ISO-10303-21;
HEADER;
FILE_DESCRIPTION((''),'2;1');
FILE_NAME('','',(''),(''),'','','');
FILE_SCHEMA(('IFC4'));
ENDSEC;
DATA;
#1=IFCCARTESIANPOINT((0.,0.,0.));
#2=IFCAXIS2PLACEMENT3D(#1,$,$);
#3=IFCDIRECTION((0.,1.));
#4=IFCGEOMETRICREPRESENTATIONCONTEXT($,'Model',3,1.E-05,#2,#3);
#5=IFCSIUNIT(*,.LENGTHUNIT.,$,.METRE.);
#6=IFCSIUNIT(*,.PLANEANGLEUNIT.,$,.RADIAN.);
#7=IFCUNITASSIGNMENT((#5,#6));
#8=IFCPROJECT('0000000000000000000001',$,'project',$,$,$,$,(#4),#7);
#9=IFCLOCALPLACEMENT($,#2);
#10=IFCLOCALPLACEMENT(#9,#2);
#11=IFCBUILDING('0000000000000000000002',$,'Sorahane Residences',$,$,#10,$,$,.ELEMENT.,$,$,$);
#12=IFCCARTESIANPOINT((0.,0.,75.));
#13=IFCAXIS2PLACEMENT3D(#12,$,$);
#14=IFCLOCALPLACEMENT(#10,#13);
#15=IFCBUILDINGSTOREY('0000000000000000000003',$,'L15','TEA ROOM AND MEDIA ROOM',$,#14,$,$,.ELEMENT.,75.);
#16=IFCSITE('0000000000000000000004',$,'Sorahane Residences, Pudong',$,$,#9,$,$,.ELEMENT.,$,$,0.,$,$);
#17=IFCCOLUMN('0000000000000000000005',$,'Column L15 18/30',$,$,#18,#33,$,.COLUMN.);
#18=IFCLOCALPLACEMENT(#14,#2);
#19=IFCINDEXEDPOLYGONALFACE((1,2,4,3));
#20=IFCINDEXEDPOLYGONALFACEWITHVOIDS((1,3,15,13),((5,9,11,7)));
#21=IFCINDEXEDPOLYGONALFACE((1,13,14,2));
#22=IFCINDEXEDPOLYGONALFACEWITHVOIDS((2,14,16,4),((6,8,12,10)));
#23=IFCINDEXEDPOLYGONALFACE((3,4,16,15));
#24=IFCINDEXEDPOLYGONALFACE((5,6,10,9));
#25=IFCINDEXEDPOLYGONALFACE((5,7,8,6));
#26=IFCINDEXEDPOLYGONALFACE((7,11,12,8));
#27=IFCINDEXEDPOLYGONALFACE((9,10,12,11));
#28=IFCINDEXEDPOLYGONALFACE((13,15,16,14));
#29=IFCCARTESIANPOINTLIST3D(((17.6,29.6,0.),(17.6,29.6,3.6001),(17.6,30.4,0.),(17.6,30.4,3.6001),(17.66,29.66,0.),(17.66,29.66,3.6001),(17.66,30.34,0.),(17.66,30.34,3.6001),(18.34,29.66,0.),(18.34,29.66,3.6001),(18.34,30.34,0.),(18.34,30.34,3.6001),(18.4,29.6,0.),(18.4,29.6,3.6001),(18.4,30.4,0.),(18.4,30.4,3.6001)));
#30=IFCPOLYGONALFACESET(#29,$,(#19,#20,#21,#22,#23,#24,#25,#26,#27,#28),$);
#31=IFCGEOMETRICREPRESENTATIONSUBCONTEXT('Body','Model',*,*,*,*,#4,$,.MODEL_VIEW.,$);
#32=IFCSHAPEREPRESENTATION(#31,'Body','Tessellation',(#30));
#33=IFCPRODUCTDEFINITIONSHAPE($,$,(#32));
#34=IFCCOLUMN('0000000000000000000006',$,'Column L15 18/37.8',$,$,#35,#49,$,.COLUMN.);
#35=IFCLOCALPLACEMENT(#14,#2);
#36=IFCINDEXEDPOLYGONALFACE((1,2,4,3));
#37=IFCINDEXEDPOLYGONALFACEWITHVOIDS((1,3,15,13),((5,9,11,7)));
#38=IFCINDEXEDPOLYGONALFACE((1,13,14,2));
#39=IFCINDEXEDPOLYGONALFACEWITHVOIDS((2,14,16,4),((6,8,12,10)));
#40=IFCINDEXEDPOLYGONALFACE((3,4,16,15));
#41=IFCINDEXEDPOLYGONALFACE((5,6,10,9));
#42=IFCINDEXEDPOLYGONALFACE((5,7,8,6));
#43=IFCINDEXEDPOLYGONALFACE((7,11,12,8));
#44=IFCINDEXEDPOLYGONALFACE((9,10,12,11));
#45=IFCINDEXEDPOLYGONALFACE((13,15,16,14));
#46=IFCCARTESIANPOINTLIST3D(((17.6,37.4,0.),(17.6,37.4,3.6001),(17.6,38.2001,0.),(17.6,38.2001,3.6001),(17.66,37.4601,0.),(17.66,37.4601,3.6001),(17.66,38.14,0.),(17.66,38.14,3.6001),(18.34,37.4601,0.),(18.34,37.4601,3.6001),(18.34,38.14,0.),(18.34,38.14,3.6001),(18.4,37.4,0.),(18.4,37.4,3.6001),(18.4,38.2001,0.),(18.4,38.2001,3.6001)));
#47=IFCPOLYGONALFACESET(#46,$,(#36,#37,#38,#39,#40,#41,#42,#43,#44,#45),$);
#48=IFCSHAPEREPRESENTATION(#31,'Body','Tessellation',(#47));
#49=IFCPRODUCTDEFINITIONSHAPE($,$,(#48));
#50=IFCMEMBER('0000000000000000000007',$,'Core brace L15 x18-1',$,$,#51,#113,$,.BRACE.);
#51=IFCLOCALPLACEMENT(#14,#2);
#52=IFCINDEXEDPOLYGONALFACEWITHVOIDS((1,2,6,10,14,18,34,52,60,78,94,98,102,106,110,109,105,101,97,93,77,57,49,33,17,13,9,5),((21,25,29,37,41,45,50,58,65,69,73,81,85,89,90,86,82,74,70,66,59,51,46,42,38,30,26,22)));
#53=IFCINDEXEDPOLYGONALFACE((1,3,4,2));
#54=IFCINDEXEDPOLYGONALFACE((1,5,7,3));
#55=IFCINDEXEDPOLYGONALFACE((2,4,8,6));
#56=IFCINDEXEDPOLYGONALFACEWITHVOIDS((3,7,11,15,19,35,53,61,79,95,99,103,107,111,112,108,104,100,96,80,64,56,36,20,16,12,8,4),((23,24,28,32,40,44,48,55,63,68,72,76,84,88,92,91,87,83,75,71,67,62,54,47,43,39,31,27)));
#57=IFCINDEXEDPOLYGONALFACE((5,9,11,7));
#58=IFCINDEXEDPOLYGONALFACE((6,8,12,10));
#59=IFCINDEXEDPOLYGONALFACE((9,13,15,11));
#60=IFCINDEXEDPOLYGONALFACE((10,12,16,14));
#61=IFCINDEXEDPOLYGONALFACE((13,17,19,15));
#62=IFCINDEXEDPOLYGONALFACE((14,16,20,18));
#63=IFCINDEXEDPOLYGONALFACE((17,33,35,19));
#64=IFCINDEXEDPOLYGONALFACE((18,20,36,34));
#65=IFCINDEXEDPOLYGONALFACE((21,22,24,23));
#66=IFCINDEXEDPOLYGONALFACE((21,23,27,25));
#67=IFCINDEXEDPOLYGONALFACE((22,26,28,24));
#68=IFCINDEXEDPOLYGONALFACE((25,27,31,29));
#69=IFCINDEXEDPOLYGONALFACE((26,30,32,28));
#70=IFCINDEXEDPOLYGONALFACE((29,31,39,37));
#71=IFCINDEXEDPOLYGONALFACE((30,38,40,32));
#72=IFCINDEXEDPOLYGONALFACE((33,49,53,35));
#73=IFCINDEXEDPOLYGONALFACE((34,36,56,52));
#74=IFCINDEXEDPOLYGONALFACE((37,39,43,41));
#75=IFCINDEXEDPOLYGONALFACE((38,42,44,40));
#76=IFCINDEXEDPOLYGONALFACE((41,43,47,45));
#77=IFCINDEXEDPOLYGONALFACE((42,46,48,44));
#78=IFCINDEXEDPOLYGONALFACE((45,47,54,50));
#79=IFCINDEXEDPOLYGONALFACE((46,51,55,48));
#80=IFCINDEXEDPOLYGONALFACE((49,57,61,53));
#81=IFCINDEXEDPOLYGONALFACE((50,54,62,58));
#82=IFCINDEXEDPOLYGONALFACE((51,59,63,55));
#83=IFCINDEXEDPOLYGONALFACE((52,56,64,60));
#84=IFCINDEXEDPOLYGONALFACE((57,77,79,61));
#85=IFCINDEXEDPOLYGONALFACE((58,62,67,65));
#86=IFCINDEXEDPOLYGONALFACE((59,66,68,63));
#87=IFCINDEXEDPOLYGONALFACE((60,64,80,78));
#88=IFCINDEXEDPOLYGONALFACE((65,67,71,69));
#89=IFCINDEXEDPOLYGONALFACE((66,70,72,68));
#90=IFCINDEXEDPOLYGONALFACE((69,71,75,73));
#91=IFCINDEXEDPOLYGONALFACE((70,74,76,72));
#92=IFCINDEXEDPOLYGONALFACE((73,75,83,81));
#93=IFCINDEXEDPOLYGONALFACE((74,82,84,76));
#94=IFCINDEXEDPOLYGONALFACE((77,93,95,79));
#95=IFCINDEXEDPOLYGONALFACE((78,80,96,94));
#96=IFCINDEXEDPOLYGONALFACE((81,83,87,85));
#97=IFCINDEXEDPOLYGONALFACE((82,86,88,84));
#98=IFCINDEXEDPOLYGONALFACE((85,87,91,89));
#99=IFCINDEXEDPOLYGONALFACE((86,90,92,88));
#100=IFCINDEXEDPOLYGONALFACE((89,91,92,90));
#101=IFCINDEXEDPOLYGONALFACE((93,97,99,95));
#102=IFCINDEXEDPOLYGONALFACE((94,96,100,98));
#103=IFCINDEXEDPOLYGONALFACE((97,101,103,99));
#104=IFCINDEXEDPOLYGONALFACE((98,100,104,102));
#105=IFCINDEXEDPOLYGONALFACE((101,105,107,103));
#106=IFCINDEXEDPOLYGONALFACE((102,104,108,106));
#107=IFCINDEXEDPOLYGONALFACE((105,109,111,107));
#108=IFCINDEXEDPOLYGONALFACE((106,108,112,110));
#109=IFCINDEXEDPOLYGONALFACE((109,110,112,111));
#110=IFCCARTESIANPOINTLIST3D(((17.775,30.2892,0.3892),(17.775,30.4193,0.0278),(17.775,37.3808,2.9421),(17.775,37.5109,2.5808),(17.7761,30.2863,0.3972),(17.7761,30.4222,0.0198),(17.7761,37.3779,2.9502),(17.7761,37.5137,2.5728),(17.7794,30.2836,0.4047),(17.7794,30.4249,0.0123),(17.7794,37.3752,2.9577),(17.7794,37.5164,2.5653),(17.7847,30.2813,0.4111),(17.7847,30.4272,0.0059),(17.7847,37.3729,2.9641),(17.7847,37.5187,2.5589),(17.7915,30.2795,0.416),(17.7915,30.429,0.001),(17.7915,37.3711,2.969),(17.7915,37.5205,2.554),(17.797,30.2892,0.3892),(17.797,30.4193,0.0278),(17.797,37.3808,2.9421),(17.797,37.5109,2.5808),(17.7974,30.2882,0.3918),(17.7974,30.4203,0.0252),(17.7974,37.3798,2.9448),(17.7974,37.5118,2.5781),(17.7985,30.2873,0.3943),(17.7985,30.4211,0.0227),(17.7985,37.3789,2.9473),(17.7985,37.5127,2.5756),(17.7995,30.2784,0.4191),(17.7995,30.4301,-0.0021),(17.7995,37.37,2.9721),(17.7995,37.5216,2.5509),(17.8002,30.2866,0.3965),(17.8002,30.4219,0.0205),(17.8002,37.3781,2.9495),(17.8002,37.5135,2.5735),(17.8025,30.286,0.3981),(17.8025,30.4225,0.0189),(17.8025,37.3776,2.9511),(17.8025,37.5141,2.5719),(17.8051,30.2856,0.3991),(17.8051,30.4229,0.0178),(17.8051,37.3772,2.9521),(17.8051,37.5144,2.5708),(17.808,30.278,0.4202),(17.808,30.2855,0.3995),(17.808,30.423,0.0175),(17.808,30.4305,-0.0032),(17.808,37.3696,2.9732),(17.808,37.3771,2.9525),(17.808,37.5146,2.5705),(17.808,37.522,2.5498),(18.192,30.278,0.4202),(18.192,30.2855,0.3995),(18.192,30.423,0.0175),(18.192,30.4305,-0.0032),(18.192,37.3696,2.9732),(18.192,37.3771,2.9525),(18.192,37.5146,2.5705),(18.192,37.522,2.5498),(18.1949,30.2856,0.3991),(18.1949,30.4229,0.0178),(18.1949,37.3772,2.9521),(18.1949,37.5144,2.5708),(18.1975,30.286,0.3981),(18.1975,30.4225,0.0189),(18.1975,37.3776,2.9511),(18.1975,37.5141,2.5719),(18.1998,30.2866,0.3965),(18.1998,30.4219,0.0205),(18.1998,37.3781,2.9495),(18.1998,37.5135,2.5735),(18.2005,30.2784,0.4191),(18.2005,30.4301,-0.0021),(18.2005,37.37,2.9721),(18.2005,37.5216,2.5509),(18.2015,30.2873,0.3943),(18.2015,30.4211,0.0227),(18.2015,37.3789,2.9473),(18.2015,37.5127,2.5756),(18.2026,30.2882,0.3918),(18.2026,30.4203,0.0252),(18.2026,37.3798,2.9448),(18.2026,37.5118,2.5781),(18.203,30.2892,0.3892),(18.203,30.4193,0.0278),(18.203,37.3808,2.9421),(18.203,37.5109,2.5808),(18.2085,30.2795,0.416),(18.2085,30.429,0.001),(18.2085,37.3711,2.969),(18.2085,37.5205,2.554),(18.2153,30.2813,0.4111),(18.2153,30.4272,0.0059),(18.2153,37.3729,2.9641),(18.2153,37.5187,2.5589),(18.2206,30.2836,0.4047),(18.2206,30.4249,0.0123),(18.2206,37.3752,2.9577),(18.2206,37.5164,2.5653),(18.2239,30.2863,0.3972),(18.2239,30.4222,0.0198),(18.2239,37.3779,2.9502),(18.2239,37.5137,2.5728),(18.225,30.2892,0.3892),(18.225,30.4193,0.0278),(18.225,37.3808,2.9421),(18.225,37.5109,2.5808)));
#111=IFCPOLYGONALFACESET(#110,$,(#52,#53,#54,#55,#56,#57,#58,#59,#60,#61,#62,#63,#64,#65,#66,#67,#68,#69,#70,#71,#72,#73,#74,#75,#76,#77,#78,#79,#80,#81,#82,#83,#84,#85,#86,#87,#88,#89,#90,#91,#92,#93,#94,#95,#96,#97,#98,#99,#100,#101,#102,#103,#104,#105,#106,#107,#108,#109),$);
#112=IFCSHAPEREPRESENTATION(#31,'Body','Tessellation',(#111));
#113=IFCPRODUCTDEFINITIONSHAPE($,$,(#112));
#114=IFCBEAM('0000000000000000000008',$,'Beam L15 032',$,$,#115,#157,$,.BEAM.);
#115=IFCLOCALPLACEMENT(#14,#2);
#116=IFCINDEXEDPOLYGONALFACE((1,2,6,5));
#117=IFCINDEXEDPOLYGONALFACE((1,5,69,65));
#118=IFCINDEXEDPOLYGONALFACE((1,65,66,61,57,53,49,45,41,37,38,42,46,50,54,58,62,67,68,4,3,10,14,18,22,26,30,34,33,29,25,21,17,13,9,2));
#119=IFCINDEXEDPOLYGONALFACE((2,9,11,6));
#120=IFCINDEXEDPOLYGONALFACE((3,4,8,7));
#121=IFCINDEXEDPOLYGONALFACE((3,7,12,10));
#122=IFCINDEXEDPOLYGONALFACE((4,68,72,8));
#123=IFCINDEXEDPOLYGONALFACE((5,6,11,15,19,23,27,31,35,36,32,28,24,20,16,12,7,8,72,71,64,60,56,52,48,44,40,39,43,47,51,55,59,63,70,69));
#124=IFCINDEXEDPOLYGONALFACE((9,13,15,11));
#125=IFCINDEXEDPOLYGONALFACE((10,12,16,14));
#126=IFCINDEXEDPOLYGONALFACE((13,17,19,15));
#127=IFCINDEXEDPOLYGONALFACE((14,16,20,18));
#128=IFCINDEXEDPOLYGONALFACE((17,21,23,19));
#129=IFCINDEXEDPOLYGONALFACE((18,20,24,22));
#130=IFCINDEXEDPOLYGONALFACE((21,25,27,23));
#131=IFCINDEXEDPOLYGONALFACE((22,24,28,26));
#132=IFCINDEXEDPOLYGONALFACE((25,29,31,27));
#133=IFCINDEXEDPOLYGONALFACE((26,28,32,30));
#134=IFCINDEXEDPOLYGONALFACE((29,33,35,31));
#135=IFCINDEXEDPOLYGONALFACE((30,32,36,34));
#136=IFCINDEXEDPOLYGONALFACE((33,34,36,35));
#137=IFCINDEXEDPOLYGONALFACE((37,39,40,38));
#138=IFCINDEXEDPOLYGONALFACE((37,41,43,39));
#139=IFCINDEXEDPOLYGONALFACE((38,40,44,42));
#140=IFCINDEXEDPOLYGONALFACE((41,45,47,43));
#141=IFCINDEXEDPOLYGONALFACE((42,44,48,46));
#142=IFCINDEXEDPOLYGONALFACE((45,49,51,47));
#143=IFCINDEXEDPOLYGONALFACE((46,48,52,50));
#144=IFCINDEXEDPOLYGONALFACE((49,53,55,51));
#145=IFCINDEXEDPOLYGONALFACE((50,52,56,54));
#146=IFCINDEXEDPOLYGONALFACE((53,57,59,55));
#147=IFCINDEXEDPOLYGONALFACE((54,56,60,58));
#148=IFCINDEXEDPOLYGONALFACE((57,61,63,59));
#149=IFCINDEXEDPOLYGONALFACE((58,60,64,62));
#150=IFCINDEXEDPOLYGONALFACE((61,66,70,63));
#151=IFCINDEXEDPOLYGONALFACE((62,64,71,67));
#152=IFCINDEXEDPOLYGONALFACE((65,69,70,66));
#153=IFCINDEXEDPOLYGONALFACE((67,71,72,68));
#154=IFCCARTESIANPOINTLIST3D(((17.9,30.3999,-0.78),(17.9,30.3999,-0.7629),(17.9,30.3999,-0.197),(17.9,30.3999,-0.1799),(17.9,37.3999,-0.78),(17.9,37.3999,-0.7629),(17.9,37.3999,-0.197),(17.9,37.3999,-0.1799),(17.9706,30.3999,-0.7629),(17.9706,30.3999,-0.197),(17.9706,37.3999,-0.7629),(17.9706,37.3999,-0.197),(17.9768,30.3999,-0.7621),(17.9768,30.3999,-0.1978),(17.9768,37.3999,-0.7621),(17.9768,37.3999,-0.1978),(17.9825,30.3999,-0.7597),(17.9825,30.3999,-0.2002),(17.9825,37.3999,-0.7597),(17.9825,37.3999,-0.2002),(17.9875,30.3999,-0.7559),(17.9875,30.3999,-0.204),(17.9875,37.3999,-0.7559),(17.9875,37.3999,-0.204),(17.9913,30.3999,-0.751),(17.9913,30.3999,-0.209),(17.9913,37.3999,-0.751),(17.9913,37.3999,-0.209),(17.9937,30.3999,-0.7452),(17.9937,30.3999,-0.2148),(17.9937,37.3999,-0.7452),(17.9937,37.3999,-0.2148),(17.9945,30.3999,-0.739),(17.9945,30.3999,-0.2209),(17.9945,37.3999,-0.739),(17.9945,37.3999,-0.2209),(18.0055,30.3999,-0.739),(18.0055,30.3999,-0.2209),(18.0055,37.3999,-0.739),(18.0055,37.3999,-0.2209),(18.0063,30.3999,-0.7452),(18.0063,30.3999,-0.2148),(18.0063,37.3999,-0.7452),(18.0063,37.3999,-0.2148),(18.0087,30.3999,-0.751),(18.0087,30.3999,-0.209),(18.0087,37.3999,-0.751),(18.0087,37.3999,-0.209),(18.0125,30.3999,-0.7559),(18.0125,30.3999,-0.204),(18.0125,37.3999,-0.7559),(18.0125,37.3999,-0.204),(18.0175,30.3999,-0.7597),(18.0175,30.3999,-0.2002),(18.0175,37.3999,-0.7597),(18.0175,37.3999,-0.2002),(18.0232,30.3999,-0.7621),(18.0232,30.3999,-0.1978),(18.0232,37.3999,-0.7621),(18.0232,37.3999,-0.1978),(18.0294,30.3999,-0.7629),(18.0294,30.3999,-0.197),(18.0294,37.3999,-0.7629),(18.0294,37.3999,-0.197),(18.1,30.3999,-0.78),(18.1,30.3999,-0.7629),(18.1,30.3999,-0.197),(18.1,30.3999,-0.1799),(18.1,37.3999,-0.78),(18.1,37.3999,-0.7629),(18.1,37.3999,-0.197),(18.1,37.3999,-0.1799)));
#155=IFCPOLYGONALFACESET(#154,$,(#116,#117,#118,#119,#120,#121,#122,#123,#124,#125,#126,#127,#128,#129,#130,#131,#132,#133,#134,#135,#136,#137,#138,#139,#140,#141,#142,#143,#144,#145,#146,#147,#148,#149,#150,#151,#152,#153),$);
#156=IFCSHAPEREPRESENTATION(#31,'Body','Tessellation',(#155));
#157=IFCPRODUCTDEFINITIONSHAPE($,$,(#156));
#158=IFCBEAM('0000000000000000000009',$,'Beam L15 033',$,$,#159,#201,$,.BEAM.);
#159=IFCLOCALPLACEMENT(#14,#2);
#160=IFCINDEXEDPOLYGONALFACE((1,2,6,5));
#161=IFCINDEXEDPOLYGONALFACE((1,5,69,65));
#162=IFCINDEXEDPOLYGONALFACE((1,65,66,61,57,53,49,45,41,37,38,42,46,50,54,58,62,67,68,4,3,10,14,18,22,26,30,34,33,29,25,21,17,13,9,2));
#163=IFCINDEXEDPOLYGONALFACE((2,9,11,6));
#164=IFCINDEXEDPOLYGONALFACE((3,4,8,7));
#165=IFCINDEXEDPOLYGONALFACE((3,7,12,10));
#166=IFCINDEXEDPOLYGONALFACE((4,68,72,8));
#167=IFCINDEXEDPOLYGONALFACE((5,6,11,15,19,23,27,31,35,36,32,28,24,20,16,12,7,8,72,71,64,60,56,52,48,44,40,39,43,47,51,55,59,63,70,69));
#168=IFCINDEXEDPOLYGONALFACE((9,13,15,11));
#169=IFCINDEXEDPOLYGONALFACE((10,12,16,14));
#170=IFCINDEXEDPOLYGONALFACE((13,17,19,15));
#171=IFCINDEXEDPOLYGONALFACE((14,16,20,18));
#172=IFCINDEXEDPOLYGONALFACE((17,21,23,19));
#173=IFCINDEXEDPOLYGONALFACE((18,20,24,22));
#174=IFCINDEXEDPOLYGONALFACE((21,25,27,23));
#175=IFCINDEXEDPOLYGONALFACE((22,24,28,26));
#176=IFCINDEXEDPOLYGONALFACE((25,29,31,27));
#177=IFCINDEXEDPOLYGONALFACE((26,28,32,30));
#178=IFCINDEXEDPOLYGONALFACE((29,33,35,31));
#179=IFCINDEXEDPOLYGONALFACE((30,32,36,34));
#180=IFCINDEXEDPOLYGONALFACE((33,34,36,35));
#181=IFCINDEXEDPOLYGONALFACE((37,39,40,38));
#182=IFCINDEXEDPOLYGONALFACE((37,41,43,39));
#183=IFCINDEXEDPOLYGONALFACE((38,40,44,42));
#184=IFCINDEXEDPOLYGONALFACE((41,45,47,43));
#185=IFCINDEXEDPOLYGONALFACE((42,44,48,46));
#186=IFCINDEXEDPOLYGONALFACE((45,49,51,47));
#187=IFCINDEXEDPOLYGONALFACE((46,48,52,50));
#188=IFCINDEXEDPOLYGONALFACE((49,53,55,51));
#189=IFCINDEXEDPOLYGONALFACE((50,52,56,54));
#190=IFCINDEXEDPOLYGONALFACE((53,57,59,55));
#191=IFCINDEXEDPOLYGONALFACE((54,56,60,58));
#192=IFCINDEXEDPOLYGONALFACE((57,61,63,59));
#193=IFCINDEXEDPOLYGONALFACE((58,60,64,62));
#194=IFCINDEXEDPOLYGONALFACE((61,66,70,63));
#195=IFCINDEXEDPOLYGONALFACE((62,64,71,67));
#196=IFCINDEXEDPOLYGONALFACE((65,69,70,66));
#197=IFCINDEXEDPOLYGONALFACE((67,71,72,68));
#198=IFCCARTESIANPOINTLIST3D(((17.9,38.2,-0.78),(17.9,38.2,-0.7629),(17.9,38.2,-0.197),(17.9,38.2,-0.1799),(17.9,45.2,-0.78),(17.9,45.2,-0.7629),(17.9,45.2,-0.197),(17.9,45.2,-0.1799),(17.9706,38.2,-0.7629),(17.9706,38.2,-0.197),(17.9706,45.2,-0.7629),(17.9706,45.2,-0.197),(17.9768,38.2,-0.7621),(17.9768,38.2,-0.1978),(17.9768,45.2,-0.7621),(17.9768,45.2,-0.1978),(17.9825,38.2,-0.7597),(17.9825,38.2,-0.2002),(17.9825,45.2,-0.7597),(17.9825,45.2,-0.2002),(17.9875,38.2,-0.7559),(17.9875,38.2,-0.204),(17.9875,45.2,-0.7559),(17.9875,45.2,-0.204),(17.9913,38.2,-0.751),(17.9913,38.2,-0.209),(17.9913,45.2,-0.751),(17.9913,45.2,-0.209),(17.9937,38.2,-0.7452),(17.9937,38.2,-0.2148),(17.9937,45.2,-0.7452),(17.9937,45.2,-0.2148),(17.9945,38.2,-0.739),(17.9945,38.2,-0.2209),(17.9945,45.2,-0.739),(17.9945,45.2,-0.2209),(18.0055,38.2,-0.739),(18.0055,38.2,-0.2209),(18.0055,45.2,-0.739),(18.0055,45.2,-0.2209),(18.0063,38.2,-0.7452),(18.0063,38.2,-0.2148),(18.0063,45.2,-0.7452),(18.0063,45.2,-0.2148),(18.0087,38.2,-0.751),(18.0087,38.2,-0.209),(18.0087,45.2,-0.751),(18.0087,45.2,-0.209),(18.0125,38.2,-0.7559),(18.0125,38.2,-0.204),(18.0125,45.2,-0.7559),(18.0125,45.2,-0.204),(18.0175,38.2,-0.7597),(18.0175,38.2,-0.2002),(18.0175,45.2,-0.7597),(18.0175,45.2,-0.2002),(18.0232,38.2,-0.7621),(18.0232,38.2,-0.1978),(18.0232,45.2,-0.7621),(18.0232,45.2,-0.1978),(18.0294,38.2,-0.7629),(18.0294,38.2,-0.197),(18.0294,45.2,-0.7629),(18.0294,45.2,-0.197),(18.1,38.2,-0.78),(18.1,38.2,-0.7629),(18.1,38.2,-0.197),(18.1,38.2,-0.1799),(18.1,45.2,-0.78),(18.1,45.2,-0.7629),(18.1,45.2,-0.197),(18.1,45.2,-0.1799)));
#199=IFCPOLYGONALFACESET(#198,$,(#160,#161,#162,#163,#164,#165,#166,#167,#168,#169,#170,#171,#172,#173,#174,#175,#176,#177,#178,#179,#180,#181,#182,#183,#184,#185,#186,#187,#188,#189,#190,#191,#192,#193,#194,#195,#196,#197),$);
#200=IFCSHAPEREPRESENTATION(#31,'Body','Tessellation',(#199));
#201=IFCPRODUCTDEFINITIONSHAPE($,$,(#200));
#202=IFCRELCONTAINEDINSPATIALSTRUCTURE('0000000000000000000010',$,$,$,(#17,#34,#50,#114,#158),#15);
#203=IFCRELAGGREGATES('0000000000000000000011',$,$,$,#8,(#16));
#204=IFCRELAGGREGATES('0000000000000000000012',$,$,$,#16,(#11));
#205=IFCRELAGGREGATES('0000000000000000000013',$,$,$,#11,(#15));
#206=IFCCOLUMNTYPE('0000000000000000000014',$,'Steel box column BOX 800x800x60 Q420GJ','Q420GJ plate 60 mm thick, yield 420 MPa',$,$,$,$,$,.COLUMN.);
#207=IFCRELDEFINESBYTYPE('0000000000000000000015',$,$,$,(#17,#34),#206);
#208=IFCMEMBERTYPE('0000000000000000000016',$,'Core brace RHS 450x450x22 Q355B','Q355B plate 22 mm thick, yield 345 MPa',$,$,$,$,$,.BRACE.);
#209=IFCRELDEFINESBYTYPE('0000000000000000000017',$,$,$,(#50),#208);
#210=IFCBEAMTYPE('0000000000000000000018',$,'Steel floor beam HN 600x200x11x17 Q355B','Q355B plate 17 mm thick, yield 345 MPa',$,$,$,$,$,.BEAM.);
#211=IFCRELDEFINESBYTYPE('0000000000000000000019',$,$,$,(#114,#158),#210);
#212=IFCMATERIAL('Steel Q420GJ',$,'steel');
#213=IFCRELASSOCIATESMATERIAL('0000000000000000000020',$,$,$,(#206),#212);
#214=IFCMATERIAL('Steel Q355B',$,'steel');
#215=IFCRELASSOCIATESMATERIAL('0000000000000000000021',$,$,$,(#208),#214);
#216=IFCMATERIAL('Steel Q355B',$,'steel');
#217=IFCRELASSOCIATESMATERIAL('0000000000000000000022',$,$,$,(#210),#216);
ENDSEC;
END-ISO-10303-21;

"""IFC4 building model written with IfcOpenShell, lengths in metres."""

from ifc_helpers import new_model, si_unit, direction, frame, origin, origin_2d, place, context, subcontext, project, spatial, hollow_rectangle, i_section, extrude, material, material_profile, profile_set, type_object, element, save


model = new_model("IFC4")

# Units and contexts
model_context = context("Model", 3, precision=1e-05, world=origin(), true_north=direction((0.0, 1.0)))
body_context = subcontext(model_context, "Body", "Model", "MODEL_VIEW")
ifc_project = project(units=[si_unit("LENGTHUNIT", "METRE"), si_unit("PLANEANGLEUNIT", "RADIAN")], contexts=[model_context])

# Site, building, storey
site_placement = place(None, origin())
site = spatial("IfcSite", under=ifc_project, at=site_placement, Name="Sorahane Residences, Pudong", CompositionType="ELEMENT", RefElevation=0.0)
building_placement = place(site_placement, origin())
building = spatial("IfcBuilding", under=site, at=building_placement, Name="Sorahane Residences", CompositionType="ELEMENT")
storey_placement = place(building_placement, frame((0.0, 0.0, 75.0)))
storey = spatial("IfcBuildingStorey", under=building, at=storey_placement, Name="L15", Description="TEA ROOM AND MEDIA ROOM", CompositionType="ELEMENT", Elevation=75.0)

# Columns
ifc_material_1 = material(Name="Steel Q420GJ", Category="steel")
ifc_material_profile_1 = material_profile(ifc_material_1, hollow_rectangle(XDim=0.8, YDim=0.8, WallThickness=0.0601, at=origin_2d()), Name="BOX 800x800x60")
ifc_profile_set_1 = profile_set([ifc_material_profile_1], Name="Steel Q420GJ")
column_type = type_object("IfcColumnType", Name="Steel box column BOX 800x800x60 Q420GJ", Description="Q420GJ plate 60 mm thick, yield 420 MPa", PredefinedType="COLUMN", material=ifc_profile_set_1)
for number, where, z_axis, x_axis, name in (
    (1, (18.0, 30.0, 0.0), (0.0, 0.0, 1.0), (1.0, 0.0, 0.0), "Column L15 18/30"),
    (2, (18.0, 37.8, 0.0), (0.0, 0.0, 1.0), (1.0, 0.0, 0.0), "Column L15 18/37.8"),
):
    element("IfcColumn", number, at=place(storey_placement, frame(where, z_axis=z_axis, x_axis=x_axis)), inside=storey, type_object=column_type, Name=name, PredefinedType="COLUMN", context=body_context, shape_type="SweptSolid", body=[
        extrude(hollow_rectangle(XDim=0.8, YDim=0.8, WallThickness=0.0601, at=origin_2d()), origin(), (0.0, 0.0, 1.0), 3.6001),
    ])

# Member
ifc_material_2 = material(Name="Steel Q355B", Category="steel")
ifc_material_profile_2 = material_profile(ifc_material_2, hollow_rectangle(XDim=0.45, YDim=0.45, WallThickness=0.022, InnerFilletRadius=0.011, OuterFilletRadius=0.033, at=origin_2d()), Name="RHS 450x450x22")
ifc_profile_set_2 = profile_set([ifc_material_profile_2], Name="Steel Q355B")
member_type = type_object("IfcMemberType", Name="Core brace RHS 450x450x22 Q355B", Description="Q355B plate 22 mm thick, yield 345 MPa", PredefinedType="BRACE", material=ifc_profile_set_2)
member_placement = place(storey_placement, frame((18.0, 30.3542, 0.2085), z_axis=(0.0, 0.940887, 0.338722), x_axis=(-1.0, 0.0, 0.0)))
element("IfcMember", 3, at=member_placement, inside=storey, type_object=member_type, Name="Core brace L15 x18-1", PredefinedType="BRACE", context=body_context, shape_type="SweptSolid", body=[
    extrude(hollow_rectangle(XDim=0.45, YDim=0.45, WallThickness=0.022, InnerFilletRadius=0.011, OuterFilletRadius=0.033, at=origin_2d()), origin(), (0.0, 0.0, 1.0), 7.5371),
])

# Beams
ifc_material_3 = material(Name="Steel Q355B", Category="steel")
ifc_material_profile_3 = material_profile(ifc_material_3, i_section(OverallWidth=0.2, OverallDepth=0.6001, WebThickness=0.011, FlangeThickness=0.0171, FilletRadius=0.0239, at=origin_2d()), Name="HN 600x200x11x17")
ifc_profile_set_3 = profile_set([ifc_material_profile_3], Name="Steel Q355B")
beam_type = type_object("IfcBeamType", Name="Steel floor beam HN 600x200x11x17 Q355B", Description="Q355B plate 17 mm thick, yield 345 MPa", PredefinedType="BEAM", material=ifc_profile_set_3)
for number, where, z_axis, x_axis, name in (
    (4, (18.0, 30.3999, -0.48), (0.0, 1.0, 0.0), (-1.0, 0.0, 0.0), "Beam L15 032"),
    (5, (18.0, 38.2, -0.48), (0.0, 1.0, 0.0), (-1.0, 0.0, 0.0), "Beam L15 033"),
):
    element("IfcBeam", number, at=place(storey_placement, frame(where, z_axis=z_axis, x_axis=x_axis)), inside=storey, type_object=beam_type, Name=name, PredefinedType="BEAM", context=body_context, shape_type="SweptSolid", body=[
        extrude(i_section(OverallWidth=0.2, OverallDepth=0.6001, WebThickness=0.011, FlangeThickness=0.0171, FilletRadius=0.0239, at=origin_2d()), origin(), (0.0, 0.0, 1.0), 7.0),
    ])

save(model, "model.ifc")
